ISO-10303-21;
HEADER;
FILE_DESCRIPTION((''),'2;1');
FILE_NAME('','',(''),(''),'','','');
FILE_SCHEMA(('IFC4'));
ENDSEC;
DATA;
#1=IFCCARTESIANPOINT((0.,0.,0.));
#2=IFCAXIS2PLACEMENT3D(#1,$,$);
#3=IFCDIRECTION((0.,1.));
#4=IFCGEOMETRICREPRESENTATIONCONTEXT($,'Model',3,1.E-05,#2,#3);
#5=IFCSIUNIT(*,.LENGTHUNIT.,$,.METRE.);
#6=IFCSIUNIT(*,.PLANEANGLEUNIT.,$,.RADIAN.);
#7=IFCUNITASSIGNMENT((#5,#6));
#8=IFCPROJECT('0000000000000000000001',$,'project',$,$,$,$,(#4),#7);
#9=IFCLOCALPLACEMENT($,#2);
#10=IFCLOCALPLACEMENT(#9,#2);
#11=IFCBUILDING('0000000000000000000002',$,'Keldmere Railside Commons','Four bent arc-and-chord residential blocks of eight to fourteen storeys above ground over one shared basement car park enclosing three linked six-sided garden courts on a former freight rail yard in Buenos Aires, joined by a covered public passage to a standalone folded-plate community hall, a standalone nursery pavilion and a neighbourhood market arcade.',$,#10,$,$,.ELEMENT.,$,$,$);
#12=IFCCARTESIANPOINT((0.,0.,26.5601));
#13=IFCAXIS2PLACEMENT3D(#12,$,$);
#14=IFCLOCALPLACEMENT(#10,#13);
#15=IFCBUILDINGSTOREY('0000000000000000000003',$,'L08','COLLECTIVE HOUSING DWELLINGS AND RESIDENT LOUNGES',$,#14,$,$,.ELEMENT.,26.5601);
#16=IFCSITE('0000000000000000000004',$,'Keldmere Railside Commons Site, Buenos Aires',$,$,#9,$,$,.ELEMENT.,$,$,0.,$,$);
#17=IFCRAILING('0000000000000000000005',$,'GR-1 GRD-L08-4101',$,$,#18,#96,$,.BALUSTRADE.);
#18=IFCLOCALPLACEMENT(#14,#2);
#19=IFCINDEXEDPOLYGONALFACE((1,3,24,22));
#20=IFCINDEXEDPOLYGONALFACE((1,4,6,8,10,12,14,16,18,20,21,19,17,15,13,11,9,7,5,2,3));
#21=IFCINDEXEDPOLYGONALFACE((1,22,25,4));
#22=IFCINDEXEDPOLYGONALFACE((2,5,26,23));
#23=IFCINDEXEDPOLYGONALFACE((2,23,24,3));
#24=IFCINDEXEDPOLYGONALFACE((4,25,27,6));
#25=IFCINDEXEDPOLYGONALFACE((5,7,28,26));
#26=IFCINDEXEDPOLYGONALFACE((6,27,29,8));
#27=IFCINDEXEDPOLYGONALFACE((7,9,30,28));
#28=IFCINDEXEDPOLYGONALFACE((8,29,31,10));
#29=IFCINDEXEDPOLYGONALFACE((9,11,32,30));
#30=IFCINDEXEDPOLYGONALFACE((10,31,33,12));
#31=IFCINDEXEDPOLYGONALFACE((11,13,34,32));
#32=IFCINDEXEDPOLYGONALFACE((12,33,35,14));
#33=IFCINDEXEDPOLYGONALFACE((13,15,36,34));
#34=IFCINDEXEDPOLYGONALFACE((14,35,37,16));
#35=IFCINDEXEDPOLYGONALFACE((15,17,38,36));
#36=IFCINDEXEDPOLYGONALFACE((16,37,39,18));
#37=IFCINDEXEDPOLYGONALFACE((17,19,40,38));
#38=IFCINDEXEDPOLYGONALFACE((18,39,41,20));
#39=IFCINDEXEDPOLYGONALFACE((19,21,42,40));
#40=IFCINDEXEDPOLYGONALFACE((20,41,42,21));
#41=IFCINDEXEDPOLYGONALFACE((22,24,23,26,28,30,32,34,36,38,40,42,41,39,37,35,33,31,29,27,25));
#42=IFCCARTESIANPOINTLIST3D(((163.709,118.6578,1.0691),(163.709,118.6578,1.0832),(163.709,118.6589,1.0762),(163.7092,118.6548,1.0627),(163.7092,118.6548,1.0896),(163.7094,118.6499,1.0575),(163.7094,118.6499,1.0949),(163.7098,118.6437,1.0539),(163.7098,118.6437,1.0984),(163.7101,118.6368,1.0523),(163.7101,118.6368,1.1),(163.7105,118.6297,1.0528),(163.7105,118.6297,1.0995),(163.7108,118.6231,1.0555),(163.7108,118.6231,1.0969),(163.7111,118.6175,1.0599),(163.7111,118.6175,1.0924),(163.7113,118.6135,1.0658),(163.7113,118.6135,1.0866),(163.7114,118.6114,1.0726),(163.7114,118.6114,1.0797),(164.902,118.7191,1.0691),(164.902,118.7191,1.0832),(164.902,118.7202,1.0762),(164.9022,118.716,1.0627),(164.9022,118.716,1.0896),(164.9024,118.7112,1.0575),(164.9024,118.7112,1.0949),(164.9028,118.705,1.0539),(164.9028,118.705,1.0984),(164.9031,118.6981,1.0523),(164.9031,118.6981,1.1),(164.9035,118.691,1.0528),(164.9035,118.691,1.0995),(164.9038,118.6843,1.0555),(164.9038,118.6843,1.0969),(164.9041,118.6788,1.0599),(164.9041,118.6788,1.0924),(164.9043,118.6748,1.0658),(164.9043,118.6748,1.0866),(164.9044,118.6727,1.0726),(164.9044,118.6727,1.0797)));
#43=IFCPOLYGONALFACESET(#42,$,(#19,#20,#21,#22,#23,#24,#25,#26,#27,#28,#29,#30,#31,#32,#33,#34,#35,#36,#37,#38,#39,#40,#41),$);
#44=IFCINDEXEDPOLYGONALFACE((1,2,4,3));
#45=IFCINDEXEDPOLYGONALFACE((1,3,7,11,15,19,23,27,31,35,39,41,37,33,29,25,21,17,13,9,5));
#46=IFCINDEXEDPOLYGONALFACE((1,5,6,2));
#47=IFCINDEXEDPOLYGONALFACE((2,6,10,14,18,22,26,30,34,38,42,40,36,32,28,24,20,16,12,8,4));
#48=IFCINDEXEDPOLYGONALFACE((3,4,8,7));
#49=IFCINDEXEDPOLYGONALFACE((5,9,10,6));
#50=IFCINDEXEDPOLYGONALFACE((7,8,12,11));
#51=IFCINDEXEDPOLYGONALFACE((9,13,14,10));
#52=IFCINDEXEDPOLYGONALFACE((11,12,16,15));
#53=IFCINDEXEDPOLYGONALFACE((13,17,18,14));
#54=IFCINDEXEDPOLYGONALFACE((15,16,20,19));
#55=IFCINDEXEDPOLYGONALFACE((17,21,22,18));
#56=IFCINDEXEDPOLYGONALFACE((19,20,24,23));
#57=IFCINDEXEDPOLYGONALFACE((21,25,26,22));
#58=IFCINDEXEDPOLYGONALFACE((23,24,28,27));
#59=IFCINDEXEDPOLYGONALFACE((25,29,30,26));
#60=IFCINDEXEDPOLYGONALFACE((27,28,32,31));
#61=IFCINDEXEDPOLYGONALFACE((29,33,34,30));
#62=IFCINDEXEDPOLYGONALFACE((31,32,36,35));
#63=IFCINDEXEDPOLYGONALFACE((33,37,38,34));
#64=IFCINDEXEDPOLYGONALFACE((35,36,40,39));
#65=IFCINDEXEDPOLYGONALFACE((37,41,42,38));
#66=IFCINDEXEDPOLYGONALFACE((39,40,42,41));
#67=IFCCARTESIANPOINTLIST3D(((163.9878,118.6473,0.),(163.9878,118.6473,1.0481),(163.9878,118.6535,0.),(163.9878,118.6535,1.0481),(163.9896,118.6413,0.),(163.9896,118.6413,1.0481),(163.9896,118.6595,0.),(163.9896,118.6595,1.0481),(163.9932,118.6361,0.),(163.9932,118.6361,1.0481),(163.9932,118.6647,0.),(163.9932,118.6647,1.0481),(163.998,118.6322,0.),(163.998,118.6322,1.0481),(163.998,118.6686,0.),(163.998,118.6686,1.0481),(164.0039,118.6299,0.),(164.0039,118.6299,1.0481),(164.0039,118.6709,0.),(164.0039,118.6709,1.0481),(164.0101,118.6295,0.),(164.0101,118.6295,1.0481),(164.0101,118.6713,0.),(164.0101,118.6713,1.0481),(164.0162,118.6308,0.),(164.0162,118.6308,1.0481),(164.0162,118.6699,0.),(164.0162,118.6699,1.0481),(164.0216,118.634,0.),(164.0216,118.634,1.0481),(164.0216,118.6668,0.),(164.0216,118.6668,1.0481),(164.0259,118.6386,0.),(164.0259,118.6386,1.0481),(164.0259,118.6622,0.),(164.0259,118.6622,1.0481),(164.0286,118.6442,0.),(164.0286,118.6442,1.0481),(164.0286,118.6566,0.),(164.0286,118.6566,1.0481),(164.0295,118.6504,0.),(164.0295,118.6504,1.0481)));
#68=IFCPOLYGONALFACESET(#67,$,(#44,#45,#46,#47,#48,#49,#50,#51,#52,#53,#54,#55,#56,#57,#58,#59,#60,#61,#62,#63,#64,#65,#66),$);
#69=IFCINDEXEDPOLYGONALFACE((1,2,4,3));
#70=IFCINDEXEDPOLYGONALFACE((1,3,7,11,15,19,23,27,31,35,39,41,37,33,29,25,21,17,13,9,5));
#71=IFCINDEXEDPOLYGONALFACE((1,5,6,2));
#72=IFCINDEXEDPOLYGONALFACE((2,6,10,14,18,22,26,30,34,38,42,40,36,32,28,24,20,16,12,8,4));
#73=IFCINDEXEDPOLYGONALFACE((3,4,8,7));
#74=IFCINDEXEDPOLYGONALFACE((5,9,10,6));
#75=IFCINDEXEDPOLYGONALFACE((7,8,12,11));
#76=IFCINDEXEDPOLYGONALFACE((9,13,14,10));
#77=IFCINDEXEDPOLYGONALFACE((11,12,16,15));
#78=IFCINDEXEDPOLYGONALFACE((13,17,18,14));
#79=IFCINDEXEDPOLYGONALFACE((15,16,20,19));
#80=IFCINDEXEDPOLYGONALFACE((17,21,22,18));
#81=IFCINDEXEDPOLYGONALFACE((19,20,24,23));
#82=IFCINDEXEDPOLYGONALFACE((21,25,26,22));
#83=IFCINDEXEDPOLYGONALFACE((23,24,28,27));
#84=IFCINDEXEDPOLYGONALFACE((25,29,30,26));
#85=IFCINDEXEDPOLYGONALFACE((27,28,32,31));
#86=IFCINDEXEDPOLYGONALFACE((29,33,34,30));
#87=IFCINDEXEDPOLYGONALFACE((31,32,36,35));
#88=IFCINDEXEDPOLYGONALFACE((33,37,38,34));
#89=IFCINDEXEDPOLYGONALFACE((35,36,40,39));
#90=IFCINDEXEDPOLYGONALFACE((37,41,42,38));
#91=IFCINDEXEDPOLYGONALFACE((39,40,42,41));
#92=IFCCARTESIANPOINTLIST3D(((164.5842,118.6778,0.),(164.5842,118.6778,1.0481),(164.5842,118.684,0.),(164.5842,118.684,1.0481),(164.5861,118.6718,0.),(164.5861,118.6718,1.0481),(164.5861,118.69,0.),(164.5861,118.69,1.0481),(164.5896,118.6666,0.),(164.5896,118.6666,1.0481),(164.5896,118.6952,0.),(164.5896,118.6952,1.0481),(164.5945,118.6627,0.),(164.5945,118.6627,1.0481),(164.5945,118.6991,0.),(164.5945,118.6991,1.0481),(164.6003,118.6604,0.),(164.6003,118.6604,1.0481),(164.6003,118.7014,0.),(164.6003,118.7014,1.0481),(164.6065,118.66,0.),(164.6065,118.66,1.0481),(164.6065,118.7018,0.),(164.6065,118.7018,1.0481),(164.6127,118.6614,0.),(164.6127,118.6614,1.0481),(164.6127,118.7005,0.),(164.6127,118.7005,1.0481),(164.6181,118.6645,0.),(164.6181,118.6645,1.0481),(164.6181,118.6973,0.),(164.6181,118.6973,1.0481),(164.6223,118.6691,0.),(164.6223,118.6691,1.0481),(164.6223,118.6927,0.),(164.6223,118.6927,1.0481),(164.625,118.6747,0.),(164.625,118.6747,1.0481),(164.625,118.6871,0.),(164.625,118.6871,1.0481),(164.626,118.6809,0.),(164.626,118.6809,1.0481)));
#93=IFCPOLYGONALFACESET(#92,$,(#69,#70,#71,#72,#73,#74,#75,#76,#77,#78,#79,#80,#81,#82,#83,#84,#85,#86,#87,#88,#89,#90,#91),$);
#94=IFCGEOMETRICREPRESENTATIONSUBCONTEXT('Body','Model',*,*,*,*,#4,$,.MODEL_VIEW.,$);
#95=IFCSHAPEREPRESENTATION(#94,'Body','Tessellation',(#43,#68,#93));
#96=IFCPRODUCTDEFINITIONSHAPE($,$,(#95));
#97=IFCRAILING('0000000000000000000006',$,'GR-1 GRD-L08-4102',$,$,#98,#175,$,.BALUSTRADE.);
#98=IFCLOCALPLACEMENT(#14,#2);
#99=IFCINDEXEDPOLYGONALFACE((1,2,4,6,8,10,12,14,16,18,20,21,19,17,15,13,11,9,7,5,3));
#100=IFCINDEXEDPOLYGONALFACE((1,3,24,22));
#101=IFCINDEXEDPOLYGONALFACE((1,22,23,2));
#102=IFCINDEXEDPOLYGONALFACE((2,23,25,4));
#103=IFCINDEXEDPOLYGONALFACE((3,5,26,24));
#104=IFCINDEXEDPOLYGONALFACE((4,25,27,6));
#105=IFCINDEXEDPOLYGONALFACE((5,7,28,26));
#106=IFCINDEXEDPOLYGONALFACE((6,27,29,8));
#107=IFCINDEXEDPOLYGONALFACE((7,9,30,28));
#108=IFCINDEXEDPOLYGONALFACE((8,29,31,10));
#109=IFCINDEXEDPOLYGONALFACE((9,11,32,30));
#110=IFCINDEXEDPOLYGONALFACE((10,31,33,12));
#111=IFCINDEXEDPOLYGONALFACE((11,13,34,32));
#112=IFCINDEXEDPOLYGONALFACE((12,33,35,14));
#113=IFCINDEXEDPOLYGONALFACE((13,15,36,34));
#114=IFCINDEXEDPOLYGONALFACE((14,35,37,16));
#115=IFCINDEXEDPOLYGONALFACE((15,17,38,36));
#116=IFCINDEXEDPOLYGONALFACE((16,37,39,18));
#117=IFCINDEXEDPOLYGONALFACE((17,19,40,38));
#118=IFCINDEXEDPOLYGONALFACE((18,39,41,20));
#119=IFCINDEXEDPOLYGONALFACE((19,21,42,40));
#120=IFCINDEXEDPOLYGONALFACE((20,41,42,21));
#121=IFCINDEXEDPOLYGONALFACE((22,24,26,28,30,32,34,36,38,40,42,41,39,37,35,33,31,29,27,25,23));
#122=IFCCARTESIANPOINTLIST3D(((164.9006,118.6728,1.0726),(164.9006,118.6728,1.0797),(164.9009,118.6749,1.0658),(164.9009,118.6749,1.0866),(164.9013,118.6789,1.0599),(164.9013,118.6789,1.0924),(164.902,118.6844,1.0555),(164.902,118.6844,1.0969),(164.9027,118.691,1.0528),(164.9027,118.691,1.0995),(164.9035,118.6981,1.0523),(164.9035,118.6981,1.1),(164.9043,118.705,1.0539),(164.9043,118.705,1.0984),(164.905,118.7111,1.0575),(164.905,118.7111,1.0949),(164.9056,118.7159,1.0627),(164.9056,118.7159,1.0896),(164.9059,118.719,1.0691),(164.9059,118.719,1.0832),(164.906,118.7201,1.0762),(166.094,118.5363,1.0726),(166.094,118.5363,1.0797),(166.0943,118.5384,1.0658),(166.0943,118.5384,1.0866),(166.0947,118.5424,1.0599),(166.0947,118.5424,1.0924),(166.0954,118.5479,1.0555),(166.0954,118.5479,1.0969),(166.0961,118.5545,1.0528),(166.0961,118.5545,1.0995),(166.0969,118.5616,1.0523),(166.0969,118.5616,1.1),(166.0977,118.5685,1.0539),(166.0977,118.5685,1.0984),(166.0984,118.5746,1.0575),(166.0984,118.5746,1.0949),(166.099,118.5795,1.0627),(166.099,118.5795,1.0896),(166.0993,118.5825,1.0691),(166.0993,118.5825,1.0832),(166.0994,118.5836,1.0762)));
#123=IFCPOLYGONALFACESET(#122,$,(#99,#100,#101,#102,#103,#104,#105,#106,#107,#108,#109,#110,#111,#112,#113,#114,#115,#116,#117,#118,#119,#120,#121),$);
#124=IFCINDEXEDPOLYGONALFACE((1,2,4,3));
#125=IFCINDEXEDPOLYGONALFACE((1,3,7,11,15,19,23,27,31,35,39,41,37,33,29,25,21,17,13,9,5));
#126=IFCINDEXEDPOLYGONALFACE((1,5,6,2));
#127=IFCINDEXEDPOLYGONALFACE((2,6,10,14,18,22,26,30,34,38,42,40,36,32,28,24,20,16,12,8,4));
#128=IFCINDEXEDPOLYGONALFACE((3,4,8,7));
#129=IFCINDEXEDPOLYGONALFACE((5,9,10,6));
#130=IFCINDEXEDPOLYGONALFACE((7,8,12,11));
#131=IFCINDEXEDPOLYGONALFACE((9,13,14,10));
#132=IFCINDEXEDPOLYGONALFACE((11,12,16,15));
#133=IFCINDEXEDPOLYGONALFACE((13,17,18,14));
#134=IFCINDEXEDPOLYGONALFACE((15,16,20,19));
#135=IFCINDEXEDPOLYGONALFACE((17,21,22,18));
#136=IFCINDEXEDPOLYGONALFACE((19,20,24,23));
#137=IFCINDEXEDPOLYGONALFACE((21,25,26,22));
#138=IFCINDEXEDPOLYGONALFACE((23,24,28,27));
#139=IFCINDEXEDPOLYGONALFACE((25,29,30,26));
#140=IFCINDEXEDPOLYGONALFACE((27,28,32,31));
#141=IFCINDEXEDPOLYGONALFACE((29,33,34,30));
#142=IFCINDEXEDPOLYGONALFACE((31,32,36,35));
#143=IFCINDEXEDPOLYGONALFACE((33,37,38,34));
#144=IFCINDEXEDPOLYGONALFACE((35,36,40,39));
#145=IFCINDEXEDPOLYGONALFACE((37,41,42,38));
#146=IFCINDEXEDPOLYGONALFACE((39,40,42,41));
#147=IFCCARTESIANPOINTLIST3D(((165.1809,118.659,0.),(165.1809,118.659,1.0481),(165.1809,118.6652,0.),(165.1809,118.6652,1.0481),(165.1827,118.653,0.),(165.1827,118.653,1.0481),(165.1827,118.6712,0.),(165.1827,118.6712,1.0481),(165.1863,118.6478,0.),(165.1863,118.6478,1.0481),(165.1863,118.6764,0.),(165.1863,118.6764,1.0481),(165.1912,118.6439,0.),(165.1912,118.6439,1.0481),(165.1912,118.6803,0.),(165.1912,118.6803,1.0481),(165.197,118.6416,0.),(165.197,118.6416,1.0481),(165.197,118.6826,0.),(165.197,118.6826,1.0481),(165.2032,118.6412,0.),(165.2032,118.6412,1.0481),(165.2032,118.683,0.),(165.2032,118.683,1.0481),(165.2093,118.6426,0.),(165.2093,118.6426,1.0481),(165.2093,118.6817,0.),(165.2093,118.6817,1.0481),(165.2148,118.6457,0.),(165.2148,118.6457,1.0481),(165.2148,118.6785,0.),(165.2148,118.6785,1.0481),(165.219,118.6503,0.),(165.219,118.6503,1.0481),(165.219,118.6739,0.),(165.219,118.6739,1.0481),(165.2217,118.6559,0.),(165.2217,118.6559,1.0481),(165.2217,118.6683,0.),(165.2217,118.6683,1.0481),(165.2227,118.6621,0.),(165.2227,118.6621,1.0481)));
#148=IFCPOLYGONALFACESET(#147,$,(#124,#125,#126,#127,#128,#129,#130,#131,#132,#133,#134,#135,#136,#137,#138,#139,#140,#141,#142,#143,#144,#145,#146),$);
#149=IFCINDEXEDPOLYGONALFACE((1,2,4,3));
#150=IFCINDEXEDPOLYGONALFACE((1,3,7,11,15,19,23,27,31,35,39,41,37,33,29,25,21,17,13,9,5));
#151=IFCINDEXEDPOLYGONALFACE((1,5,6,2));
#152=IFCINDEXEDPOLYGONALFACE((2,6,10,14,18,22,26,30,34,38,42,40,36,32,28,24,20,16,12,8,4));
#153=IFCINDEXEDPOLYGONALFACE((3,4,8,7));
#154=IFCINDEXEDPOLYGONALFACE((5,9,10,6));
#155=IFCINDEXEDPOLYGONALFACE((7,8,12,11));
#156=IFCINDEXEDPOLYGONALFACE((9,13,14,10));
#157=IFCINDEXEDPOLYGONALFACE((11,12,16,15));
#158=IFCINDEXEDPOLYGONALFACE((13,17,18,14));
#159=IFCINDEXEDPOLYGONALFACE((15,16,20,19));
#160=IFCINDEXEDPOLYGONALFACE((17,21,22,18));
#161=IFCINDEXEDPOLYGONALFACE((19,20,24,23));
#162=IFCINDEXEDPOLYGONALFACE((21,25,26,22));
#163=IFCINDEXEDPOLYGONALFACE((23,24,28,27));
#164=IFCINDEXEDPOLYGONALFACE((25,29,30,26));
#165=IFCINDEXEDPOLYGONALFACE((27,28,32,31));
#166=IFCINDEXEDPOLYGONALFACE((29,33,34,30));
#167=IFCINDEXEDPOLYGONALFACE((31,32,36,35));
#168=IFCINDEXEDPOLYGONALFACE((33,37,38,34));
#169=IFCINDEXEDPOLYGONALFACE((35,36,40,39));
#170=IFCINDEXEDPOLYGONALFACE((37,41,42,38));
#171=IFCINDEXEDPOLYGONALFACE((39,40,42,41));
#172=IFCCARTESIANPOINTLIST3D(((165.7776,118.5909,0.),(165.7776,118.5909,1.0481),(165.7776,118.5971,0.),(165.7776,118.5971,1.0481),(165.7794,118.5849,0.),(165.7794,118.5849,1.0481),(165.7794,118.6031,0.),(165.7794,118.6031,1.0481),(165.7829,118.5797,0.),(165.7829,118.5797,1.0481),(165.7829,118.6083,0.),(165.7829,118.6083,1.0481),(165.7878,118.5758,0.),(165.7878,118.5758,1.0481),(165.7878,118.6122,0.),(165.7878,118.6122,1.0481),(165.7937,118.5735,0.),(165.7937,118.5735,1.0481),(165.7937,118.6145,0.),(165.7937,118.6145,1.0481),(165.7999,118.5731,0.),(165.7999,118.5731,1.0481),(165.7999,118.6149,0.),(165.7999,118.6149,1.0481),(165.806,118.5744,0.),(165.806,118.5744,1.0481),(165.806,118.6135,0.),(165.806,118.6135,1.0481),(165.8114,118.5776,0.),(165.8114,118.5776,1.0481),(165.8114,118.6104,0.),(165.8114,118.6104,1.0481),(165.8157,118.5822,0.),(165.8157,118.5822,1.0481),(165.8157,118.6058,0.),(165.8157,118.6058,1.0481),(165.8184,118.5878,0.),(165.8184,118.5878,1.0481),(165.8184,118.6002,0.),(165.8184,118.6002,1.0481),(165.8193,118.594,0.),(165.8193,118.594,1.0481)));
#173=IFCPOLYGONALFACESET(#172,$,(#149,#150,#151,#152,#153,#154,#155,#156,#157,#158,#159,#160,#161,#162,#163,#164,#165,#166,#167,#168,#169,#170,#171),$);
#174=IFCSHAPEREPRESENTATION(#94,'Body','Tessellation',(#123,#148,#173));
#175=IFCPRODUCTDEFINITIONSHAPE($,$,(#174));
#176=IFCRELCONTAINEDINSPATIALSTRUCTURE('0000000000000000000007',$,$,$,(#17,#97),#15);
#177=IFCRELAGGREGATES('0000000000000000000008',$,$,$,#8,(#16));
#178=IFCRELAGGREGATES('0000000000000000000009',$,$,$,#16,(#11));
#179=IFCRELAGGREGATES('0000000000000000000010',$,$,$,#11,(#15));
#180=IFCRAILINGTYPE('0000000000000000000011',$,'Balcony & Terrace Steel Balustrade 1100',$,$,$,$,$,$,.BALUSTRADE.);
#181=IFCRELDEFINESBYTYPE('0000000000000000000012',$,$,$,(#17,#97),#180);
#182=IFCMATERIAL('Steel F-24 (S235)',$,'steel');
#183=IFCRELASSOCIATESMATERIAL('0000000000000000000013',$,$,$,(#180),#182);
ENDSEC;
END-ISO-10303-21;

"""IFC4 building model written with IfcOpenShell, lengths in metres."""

from ifc_helpers import new_model, si_unit, direction, frame, origin, origin_2d, place, context, subcontext, project, spatial, circle, extrude, material, type_object, element, save


model = new_model("IFC4")

# Units and contexts
model_context = context("Model", 3, precision=1e-05, world=origin(), true_north=direction((0.0, 1.0)))
body_context = subcontext(model_context, "Body", "Model", "MODEL_VIEW")
ifc_project = project(units=[si_unit("LENGTHUNIT", "METRE"), si_unit("PLANEANGLEUNIT", "RADIAN")], contexts=[model_context])

# Site, building, storey
site_placement = place(None, origin())
site = spatial("IfcSite", under=ifc_project, at=site_placement, Name="Keldmere Railside Commons Site, Buenos Aires", CompositionType="ELEMENT", RefElevation=0.0)
building_placement = place(site_placement, origin())
building = spatial("IfcBuilding", under=site, at=building_placement, Name="Keldmere Railside Commons", Description="Four bent arc-and-chord residential blocks of eight to fourteen storeys above ground over one shared basement car park enclosing three linked six-sided garden courts on a former freight rail yard in Buenos Aires, joined by a covered public passage to a standalone folded-plate community hall, a standalone nursery pavilion and a neighbourhood market arcade.", CompositionType="ELEMENT")
storey_placement = place(building_placement, frame((0.0, 0.0, 26.5601)))
storey = spatial("IfcBuildingStorey", under=building, at=storey_placement, Name="L08", Description="COLLECTIVE HOUSING DWELLINGS AND RESIDENT LOUNGES", CompositionType="ELEMENT", Elevation=26.5601)

# Railings
ifc_material_1 = material(Name="Steel F-24 (S235)", Category="steel")
railing_type = type_object("IfcRailingType", Name="Balcony & Terrace Steel Balustrade 1100", PredefinedType="BALUSTRADE", material=ifc_material_1)
railing_1_placement = place(storey_placement, frame((163.7102, 118.635, 0.0)))
element("IfcRailing", 1, at=railing_1_placement, inside=storey, type_object=railing_type, Name="GR-1 GRD-L08-4101", PredefinedType="BALUSTRADE", context=body_context, shape_type="SweptSolid", body=[
    extrude(circle(Radius=0.0239, at=origin_2d()), frame((0.0, 0.0, 1.0762), z_axis=(0.998684, 0.051293, 0.0), x_axis=(-0.051293, 0.998684, 0.0)), (0.0, 0.0, 1.0), 1.1946),
    extrude(circle(Radius=0.021, at=origin_2d()), frame((0.2983, 0.0154, 0.0)), (0.0, 0.0, 1.0), 1.0481),
    extrude(circle(Radius=0.021, at=origin_2d()), frame((0.8948, 0.0459, 0.0)), (0.0, 0.0, 1.0), 1.0481),
])
railing_2_placement = place(storey_placement, frame((164.9033, 118.6963, 0.0)))
element("IfcRailing", 2, at=railing_2_placement, inside=storey, type_object=railing_type, Name="GR-1 GRD-L08-4102", PredefinedType="BALUSTRADE", context=body_context, shape_type="SweptSolid", body=[
    extrude(circle(Radius=0.0239, at=origin_2d()), frame((0.0, 0.0, 1.0762), z_axis=(0.993524, -0.113621, 0.0), x_axis=(0.113621, 0.993524, 0.0)), (0.0, 0.0, 1.0), 1.2012),
    extrude(circle(Radius=0.021, at=origin_2d()), frame((0.2983, -0.0342, 0.0)), (0.0, 0.0, 1.0), 1.0481),
    extrude(circle(Radius=0.021, at=origin_2d()), frame((0.895, -0.1023, 0.0)), (0.0, 0.0, 1.0), 1.0481),
])

save(model, "model.ifc")
